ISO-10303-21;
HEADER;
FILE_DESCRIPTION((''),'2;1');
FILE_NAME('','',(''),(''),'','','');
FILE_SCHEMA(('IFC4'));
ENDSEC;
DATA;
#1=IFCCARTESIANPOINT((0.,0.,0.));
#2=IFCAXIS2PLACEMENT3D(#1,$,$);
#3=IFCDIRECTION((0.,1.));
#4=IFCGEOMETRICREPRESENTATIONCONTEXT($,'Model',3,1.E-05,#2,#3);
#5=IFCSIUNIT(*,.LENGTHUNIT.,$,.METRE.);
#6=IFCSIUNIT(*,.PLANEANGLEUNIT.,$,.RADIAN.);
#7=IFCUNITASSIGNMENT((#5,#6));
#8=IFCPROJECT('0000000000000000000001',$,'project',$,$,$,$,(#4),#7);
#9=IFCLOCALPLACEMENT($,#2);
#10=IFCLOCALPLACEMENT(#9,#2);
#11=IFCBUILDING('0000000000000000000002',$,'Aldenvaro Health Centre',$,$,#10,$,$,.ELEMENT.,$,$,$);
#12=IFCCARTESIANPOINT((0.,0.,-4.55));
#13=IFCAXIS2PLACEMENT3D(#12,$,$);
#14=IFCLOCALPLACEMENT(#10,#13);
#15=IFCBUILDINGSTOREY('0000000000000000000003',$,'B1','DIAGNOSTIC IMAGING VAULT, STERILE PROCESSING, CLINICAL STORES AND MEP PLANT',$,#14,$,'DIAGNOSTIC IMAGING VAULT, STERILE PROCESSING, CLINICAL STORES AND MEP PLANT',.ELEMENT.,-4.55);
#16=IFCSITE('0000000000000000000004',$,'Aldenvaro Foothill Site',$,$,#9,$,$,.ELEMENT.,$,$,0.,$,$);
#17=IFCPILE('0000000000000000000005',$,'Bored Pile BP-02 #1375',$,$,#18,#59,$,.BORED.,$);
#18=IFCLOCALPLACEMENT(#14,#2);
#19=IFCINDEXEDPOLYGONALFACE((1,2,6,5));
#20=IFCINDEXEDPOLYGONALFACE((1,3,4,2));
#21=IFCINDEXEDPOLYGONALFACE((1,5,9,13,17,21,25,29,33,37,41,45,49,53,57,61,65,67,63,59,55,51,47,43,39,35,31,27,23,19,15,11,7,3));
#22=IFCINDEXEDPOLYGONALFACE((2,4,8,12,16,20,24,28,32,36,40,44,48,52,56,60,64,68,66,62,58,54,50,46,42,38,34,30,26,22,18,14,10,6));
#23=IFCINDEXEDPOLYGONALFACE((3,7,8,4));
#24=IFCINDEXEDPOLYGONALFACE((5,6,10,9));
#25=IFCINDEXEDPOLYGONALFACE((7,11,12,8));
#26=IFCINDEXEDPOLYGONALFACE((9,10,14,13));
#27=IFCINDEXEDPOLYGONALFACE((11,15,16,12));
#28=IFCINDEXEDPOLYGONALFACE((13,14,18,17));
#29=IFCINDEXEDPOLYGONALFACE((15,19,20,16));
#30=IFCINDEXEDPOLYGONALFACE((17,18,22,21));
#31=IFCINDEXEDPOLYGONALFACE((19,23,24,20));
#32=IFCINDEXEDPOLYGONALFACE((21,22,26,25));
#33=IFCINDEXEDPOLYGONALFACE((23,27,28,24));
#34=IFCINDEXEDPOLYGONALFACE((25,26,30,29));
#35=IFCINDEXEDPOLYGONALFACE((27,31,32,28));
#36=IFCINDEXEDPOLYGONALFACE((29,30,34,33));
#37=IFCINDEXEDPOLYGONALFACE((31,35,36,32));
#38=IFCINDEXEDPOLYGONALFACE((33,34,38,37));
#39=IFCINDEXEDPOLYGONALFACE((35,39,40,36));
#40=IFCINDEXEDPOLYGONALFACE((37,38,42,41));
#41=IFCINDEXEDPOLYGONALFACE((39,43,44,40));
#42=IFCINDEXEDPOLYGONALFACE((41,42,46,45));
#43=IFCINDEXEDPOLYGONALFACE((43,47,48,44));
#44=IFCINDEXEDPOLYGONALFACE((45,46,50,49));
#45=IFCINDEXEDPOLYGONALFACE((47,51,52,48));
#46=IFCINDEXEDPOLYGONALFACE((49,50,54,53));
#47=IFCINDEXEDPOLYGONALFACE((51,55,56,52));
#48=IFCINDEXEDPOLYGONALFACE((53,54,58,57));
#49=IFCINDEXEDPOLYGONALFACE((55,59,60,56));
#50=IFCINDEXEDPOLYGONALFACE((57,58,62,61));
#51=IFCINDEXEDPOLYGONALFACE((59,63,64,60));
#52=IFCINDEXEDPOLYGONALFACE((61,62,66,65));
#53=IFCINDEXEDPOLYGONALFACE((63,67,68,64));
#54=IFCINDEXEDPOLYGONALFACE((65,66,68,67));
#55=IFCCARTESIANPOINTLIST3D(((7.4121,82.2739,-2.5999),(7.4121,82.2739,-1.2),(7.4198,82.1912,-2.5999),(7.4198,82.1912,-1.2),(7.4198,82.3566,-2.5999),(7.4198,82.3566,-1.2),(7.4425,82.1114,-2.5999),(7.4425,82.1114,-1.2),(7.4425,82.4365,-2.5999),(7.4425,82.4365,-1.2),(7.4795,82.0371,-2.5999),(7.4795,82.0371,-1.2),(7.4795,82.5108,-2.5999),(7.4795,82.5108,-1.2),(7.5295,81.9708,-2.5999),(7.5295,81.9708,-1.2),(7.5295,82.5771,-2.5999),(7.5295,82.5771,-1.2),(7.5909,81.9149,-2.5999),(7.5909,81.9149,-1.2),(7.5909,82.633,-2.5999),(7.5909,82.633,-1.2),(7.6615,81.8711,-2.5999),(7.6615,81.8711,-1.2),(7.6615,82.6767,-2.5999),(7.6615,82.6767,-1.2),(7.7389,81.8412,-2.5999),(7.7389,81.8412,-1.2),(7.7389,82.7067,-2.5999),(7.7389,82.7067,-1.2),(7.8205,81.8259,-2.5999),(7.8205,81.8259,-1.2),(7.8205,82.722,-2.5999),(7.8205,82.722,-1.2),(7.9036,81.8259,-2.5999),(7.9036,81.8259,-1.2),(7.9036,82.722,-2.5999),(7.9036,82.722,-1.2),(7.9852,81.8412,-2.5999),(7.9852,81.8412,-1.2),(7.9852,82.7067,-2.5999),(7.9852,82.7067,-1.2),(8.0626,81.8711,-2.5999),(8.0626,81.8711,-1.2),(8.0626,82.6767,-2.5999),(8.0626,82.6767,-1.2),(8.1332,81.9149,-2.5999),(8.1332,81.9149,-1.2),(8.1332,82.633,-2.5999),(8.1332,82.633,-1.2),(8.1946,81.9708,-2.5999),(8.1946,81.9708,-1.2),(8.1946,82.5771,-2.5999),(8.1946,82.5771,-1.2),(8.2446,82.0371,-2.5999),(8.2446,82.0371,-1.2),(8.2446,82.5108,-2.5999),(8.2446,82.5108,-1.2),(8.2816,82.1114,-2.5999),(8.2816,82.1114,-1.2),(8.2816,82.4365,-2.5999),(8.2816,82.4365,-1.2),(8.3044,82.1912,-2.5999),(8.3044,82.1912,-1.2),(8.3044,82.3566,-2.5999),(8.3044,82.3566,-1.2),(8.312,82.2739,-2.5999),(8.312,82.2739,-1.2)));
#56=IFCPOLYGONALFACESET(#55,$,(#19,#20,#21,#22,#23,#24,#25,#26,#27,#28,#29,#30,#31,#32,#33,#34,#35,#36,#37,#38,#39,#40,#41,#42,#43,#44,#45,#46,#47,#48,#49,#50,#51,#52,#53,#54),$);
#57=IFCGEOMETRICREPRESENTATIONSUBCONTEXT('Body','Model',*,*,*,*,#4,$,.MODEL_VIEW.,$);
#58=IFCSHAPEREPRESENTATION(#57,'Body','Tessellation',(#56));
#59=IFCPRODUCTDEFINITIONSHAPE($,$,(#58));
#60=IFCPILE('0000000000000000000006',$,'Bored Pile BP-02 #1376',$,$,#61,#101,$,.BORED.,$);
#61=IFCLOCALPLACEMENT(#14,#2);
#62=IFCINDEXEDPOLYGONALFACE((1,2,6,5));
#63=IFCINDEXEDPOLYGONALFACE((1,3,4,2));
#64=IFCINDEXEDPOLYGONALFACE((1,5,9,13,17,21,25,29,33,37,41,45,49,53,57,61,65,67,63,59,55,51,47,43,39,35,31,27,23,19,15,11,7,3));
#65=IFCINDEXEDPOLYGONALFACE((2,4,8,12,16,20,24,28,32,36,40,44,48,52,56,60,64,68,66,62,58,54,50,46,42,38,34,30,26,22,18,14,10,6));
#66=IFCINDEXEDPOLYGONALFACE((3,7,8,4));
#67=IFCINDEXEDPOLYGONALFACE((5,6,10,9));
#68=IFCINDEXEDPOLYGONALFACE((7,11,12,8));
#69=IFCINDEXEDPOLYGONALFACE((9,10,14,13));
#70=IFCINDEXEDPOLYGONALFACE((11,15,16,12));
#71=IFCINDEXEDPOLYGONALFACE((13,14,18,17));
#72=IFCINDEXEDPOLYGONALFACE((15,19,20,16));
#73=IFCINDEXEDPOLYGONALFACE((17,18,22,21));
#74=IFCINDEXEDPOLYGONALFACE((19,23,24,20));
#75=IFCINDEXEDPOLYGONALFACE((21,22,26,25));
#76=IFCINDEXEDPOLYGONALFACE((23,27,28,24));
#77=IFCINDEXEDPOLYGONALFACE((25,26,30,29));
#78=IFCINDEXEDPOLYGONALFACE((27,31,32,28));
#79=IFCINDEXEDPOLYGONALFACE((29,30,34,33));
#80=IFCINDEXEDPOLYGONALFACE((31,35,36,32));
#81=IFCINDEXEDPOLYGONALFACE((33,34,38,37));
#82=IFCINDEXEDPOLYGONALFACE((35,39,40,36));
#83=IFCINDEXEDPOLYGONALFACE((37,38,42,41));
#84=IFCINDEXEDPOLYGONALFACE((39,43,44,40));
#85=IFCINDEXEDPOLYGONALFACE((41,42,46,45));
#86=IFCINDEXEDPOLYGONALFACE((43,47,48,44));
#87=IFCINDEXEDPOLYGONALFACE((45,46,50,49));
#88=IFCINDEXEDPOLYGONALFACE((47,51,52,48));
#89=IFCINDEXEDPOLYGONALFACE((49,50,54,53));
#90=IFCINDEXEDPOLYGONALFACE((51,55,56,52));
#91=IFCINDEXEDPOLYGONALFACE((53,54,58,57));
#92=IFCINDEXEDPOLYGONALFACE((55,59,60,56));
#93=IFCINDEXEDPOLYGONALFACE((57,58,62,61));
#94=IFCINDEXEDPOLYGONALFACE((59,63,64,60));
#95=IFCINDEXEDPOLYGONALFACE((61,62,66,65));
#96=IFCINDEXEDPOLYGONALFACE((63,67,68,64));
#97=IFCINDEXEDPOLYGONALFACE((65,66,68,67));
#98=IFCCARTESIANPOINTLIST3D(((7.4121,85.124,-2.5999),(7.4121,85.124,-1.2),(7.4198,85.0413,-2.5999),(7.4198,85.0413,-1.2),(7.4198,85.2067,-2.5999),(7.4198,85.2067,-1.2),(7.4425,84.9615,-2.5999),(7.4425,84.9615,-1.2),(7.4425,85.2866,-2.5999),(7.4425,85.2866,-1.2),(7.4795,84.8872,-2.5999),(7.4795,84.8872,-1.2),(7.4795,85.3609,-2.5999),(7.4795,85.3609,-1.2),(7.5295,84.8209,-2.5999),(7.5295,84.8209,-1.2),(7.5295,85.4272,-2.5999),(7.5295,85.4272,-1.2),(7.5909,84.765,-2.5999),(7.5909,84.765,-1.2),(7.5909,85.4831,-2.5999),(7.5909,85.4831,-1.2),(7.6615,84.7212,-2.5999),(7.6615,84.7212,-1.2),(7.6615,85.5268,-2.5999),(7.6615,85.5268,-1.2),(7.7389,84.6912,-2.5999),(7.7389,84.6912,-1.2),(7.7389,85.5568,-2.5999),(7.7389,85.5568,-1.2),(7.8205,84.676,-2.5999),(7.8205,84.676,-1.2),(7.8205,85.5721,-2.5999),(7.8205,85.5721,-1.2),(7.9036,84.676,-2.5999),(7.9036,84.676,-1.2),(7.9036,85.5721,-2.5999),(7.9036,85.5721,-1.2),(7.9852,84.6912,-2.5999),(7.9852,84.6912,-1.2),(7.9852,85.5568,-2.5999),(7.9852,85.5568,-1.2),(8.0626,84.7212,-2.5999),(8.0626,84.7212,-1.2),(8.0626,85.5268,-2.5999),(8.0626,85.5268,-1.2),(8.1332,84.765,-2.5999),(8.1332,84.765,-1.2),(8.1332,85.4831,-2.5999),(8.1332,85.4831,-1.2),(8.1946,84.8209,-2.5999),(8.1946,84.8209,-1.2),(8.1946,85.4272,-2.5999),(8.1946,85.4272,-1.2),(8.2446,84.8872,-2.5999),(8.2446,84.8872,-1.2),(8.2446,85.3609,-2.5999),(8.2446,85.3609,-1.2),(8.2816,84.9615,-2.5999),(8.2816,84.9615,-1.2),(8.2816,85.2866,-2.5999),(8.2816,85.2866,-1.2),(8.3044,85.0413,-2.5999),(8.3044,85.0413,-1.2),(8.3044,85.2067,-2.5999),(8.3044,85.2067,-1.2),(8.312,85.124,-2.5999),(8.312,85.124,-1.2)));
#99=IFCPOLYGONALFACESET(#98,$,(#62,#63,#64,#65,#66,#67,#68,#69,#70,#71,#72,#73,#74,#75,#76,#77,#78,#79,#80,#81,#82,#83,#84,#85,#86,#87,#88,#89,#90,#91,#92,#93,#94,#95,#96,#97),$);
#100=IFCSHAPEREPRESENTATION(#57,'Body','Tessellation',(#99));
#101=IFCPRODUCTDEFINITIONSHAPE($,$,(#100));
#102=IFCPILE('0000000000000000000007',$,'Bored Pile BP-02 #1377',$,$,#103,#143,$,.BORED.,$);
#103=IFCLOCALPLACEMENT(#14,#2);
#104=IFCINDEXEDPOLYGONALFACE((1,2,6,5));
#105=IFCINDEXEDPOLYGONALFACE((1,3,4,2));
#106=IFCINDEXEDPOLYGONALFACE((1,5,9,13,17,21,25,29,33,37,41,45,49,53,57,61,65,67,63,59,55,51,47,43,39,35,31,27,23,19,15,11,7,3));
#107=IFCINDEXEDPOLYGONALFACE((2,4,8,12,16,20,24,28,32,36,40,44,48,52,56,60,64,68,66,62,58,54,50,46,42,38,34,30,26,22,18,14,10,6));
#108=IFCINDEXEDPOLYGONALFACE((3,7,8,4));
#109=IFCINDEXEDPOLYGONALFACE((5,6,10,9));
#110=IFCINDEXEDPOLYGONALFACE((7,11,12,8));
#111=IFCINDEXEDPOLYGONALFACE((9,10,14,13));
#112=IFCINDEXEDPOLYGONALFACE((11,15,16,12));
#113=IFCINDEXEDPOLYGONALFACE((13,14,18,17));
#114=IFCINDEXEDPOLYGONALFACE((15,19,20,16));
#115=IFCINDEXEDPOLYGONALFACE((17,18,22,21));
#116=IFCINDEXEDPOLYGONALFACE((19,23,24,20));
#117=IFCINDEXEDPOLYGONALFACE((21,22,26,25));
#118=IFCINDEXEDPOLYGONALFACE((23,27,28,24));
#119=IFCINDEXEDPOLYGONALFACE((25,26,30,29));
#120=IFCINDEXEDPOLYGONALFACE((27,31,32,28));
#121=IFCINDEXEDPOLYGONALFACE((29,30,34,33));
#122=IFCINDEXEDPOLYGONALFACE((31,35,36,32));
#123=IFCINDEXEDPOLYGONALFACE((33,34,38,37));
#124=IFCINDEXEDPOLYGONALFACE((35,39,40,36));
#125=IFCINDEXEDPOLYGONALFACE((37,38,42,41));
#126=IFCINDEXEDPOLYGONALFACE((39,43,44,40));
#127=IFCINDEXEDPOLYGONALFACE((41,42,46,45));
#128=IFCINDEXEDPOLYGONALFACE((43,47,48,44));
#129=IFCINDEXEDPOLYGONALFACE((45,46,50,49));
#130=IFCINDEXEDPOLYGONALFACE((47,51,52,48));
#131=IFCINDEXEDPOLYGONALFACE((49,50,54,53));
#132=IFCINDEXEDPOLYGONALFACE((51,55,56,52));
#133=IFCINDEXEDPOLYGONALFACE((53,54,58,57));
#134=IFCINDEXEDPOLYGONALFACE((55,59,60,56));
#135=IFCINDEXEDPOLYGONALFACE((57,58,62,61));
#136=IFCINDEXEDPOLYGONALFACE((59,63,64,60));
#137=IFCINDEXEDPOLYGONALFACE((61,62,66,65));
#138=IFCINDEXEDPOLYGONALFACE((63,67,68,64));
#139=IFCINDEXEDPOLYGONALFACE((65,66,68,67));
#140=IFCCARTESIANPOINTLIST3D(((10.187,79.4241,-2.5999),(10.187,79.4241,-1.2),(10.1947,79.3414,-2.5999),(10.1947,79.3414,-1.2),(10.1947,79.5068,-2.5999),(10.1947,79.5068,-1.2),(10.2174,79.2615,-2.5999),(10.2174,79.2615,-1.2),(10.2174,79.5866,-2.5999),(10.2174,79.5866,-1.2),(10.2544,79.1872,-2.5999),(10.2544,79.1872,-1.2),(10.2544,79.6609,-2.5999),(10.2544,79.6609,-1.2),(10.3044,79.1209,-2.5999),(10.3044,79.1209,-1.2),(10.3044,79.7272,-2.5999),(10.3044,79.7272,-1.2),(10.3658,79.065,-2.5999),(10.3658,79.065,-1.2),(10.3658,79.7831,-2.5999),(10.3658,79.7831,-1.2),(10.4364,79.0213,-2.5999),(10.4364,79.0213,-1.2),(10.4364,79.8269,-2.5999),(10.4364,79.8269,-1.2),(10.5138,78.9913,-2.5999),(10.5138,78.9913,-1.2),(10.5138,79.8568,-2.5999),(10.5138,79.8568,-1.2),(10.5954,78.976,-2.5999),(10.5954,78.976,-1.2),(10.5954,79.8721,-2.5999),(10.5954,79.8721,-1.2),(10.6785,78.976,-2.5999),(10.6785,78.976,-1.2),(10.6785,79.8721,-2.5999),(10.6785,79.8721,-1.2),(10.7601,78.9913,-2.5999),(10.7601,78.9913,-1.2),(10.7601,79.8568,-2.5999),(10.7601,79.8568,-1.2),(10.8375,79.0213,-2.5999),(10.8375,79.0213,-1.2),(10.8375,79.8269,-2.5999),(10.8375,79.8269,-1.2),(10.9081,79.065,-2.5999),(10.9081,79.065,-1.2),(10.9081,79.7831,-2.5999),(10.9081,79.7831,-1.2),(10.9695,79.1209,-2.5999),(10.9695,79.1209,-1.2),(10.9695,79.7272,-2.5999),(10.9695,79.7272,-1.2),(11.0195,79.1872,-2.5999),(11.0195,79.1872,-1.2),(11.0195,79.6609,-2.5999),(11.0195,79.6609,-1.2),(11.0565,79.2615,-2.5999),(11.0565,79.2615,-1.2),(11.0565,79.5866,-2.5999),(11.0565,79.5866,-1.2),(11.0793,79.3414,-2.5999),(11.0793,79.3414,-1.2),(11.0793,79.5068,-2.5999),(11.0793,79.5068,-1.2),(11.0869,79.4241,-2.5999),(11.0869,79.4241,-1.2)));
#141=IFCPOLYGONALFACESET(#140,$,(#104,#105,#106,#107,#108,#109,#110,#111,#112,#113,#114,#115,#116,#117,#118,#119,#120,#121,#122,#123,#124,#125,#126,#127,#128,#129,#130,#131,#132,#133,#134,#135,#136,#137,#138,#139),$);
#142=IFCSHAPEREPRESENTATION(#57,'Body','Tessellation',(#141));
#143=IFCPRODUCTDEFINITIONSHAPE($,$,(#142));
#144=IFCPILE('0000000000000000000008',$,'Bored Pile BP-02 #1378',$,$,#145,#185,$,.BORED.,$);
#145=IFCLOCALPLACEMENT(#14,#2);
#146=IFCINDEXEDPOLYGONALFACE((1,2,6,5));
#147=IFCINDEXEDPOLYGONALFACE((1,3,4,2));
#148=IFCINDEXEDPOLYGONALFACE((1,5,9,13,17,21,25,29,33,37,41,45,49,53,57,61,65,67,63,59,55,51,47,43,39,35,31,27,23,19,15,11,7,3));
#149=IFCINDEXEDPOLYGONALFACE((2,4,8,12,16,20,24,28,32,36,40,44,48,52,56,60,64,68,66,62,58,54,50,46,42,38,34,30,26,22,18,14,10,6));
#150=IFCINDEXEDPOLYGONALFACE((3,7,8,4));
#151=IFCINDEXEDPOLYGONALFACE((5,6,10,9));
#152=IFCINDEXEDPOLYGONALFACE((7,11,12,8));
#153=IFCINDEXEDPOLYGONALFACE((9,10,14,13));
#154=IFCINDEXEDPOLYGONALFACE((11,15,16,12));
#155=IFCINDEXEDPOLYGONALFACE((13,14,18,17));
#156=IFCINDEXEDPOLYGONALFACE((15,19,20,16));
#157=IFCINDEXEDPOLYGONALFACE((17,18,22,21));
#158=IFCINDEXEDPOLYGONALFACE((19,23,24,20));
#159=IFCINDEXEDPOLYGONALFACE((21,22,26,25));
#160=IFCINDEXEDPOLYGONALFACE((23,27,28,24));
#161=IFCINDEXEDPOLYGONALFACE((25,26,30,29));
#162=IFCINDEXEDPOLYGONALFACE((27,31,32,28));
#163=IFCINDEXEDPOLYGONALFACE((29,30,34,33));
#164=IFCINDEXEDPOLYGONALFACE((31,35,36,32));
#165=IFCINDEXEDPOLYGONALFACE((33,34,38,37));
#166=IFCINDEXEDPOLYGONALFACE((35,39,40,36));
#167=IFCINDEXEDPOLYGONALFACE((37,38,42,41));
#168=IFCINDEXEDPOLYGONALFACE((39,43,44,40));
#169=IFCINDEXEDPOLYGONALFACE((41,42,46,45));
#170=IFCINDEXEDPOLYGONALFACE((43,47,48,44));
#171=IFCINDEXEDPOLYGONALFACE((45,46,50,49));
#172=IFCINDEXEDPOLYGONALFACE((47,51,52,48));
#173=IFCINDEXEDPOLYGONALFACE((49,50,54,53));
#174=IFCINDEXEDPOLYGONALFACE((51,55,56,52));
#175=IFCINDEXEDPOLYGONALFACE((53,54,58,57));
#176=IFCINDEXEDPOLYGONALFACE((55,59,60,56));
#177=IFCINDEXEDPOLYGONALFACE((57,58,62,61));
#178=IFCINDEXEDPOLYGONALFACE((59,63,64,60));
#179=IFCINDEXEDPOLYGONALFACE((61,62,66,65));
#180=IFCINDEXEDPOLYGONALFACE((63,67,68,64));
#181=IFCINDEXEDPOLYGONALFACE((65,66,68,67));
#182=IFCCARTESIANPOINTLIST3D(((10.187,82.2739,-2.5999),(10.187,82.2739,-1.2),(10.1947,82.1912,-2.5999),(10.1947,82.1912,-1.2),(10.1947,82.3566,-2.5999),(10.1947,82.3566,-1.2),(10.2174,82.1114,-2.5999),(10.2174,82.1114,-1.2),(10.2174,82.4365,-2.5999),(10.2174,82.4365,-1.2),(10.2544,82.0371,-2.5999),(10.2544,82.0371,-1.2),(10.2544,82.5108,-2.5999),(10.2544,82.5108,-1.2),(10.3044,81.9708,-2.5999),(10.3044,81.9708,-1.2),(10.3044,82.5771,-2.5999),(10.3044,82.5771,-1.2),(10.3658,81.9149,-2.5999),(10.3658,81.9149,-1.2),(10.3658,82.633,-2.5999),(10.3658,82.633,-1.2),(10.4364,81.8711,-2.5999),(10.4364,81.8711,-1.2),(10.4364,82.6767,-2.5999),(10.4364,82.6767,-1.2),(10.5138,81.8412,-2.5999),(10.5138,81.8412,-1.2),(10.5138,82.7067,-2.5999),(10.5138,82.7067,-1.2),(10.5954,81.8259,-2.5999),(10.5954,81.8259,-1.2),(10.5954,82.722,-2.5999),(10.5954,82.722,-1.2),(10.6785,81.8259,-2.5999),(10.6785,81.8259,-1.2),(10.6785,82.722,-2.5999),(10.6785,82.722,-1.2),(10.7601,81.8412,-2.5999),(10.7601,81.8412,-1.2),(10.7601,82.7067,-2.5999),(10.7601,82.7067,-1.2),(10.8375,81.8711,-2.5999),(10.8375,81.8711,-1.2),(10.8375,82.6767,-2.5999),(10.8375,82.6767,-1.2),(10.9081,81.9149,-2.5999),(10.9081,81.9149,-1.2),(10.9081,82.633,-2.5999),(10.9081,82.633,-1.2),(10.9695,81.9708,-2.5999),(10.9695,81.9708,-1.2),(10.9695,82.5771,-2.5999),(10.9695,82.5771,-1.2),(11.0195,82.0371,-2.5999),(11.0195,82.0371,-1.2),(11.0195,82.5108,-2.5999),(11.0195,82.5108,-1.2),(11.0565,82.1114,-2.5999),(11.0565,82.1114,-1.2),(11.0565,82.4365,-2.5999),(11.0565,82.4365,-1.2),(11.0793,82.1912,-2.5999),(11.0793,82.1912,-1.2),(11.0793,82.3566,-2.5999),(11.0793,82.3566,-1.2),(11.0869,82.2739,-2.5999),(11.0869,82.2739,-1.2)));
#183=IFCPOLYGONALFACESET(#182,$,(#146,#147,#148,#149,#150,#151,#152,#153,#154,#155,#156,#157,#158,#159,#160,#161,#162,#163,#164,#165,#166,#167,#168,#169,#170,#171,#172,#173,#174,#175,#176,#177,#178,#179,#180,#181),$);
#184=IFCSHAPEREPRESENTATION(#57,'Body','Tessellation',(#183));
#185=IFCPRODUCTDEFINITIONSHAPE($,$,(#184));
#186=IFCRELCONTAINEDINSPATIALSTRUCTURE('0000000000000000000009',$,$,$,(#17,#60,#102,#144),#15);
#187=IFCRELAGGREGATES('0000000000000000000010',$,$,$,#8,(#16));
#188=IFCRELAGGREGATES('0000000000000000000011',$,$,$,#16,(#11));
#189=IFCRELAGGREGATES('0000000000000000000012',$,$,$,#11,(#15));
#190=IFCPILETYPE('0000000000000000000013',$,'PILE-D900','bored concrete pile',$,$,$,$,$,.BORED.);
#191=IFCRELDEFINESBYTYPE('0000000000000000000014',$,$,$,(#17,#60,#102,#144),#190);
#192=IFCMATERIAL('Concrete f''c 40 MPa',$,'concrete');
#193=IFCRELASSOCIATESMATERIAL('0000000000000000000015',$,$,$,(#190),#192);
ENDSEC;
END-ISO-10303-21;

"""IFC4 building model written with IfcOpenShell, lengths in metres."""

from ifc_helpers import new_model, si_unit, direction, frame, origin, origin_2d, place, context, subcontext, project, spatial, circle, extrude, material, material_profile, profile_set, type_object, element, save


model = new_model("IFC4")

# Units and contexts
model_context = context("Model", 3, precision=1e-05, world=origin(), true_north=direction((0.0, 1.0)))
body_context = subcontext(model_context, "Body", "Model", "MODEL_VIEW")
ifc_project = project(units=[si_unit("LENGTHUNIT", "METRE"), si_unit("PLANEANGLEUNIT", "RADIAN")], contexts=[model_context])

# Site, building, storey
site_placement = place(None, origin())
site = spatial("IfcSite", under=ifc_project, at=site_placement, Name="Aldenvaro Foothill Site", CompositionType="ELEMENT", RefElevation=0.0)
building_placement = place(site_placement, origin())
building = spatial("IfcBuilding", under=site, at=building_placement, Name="Aldenvaro Health Centre", CompositionType="ELEMENT")
storey_placement = place(building_placement, frame((0.0, 0.0, -4.55)))
storey = spatial("IfcBuildingStorey", under=building, at=storey_placement, Name="B1", Description="DIAGNOSTIC IMAGING VAULT, STERILE PROCESSING, CLINICAL STORES AND MEP PLANT", LongName="DIAGNOSTIC IMAGING VAULT, STERILE PROCESSING, CLINICAL STORES AND MEP PLANT", CompositionType="ELEMENT", Elevation=-4.55)

# Shared definitions
ifc_material = material(Name="Concrete f'c 40 MPa", Category="concrete")

# Piles
ifc_material_profile_1 = material_profile(ifc_material, circle(Radius=0.45, at=origin_2d()), Name="PILE D900", Category="concrete")
ifc_profile_set_1 = profile_set([ifc_material_profile_1], Name="Concrete f'c 40 MPa")
pile_type = type_object("IfcPileType", Name="PILE-D900", Description="bored concrete pile", PredefinedType="BORED", material=ifc_profile_set_1)
for number, where, z_axis, x_axis, name in (
    (1, (7.8621, 82.2739, -1.2), (0.0, 0.0, -1.0), (1.0, 0.0, 0.0), "Bored Pile BP-02 #1375"),
    (2, (7.8621, 85.124, -1.2), (0.0, 0.0, -1.0), (1.0, 0.0, 0.0), "Bored Pile BP-02 #1376"),
    (3, (10.637, 79.4241, -1.2), (0.0, 0.0, -1.0), (1.0, 0.0, 0.0), "Bored Pile BP-02 #1377"),
    (4, (10.637, 82.2739, -1.2), (0.0, 0.0, -1.0), (1.0, 0.0, 0.0), "Bored Pile BP-02 #1378"),
):
    element("IfcPile", number, at=place(storey_placement, frame(where, z_axis=z_axis, x_axis=x_axis)), inside=storey, type_object=pile_type, Name=name, PredefinedType="BORED", context=body_context, shape_type="SweptSolid", body=[
        extrude(circle(Radius=0.45, at=origin_2d()), origin(), (0.0, 0.0, 1.0), 1.3999),
    ])

save(model, "model.ifc")
